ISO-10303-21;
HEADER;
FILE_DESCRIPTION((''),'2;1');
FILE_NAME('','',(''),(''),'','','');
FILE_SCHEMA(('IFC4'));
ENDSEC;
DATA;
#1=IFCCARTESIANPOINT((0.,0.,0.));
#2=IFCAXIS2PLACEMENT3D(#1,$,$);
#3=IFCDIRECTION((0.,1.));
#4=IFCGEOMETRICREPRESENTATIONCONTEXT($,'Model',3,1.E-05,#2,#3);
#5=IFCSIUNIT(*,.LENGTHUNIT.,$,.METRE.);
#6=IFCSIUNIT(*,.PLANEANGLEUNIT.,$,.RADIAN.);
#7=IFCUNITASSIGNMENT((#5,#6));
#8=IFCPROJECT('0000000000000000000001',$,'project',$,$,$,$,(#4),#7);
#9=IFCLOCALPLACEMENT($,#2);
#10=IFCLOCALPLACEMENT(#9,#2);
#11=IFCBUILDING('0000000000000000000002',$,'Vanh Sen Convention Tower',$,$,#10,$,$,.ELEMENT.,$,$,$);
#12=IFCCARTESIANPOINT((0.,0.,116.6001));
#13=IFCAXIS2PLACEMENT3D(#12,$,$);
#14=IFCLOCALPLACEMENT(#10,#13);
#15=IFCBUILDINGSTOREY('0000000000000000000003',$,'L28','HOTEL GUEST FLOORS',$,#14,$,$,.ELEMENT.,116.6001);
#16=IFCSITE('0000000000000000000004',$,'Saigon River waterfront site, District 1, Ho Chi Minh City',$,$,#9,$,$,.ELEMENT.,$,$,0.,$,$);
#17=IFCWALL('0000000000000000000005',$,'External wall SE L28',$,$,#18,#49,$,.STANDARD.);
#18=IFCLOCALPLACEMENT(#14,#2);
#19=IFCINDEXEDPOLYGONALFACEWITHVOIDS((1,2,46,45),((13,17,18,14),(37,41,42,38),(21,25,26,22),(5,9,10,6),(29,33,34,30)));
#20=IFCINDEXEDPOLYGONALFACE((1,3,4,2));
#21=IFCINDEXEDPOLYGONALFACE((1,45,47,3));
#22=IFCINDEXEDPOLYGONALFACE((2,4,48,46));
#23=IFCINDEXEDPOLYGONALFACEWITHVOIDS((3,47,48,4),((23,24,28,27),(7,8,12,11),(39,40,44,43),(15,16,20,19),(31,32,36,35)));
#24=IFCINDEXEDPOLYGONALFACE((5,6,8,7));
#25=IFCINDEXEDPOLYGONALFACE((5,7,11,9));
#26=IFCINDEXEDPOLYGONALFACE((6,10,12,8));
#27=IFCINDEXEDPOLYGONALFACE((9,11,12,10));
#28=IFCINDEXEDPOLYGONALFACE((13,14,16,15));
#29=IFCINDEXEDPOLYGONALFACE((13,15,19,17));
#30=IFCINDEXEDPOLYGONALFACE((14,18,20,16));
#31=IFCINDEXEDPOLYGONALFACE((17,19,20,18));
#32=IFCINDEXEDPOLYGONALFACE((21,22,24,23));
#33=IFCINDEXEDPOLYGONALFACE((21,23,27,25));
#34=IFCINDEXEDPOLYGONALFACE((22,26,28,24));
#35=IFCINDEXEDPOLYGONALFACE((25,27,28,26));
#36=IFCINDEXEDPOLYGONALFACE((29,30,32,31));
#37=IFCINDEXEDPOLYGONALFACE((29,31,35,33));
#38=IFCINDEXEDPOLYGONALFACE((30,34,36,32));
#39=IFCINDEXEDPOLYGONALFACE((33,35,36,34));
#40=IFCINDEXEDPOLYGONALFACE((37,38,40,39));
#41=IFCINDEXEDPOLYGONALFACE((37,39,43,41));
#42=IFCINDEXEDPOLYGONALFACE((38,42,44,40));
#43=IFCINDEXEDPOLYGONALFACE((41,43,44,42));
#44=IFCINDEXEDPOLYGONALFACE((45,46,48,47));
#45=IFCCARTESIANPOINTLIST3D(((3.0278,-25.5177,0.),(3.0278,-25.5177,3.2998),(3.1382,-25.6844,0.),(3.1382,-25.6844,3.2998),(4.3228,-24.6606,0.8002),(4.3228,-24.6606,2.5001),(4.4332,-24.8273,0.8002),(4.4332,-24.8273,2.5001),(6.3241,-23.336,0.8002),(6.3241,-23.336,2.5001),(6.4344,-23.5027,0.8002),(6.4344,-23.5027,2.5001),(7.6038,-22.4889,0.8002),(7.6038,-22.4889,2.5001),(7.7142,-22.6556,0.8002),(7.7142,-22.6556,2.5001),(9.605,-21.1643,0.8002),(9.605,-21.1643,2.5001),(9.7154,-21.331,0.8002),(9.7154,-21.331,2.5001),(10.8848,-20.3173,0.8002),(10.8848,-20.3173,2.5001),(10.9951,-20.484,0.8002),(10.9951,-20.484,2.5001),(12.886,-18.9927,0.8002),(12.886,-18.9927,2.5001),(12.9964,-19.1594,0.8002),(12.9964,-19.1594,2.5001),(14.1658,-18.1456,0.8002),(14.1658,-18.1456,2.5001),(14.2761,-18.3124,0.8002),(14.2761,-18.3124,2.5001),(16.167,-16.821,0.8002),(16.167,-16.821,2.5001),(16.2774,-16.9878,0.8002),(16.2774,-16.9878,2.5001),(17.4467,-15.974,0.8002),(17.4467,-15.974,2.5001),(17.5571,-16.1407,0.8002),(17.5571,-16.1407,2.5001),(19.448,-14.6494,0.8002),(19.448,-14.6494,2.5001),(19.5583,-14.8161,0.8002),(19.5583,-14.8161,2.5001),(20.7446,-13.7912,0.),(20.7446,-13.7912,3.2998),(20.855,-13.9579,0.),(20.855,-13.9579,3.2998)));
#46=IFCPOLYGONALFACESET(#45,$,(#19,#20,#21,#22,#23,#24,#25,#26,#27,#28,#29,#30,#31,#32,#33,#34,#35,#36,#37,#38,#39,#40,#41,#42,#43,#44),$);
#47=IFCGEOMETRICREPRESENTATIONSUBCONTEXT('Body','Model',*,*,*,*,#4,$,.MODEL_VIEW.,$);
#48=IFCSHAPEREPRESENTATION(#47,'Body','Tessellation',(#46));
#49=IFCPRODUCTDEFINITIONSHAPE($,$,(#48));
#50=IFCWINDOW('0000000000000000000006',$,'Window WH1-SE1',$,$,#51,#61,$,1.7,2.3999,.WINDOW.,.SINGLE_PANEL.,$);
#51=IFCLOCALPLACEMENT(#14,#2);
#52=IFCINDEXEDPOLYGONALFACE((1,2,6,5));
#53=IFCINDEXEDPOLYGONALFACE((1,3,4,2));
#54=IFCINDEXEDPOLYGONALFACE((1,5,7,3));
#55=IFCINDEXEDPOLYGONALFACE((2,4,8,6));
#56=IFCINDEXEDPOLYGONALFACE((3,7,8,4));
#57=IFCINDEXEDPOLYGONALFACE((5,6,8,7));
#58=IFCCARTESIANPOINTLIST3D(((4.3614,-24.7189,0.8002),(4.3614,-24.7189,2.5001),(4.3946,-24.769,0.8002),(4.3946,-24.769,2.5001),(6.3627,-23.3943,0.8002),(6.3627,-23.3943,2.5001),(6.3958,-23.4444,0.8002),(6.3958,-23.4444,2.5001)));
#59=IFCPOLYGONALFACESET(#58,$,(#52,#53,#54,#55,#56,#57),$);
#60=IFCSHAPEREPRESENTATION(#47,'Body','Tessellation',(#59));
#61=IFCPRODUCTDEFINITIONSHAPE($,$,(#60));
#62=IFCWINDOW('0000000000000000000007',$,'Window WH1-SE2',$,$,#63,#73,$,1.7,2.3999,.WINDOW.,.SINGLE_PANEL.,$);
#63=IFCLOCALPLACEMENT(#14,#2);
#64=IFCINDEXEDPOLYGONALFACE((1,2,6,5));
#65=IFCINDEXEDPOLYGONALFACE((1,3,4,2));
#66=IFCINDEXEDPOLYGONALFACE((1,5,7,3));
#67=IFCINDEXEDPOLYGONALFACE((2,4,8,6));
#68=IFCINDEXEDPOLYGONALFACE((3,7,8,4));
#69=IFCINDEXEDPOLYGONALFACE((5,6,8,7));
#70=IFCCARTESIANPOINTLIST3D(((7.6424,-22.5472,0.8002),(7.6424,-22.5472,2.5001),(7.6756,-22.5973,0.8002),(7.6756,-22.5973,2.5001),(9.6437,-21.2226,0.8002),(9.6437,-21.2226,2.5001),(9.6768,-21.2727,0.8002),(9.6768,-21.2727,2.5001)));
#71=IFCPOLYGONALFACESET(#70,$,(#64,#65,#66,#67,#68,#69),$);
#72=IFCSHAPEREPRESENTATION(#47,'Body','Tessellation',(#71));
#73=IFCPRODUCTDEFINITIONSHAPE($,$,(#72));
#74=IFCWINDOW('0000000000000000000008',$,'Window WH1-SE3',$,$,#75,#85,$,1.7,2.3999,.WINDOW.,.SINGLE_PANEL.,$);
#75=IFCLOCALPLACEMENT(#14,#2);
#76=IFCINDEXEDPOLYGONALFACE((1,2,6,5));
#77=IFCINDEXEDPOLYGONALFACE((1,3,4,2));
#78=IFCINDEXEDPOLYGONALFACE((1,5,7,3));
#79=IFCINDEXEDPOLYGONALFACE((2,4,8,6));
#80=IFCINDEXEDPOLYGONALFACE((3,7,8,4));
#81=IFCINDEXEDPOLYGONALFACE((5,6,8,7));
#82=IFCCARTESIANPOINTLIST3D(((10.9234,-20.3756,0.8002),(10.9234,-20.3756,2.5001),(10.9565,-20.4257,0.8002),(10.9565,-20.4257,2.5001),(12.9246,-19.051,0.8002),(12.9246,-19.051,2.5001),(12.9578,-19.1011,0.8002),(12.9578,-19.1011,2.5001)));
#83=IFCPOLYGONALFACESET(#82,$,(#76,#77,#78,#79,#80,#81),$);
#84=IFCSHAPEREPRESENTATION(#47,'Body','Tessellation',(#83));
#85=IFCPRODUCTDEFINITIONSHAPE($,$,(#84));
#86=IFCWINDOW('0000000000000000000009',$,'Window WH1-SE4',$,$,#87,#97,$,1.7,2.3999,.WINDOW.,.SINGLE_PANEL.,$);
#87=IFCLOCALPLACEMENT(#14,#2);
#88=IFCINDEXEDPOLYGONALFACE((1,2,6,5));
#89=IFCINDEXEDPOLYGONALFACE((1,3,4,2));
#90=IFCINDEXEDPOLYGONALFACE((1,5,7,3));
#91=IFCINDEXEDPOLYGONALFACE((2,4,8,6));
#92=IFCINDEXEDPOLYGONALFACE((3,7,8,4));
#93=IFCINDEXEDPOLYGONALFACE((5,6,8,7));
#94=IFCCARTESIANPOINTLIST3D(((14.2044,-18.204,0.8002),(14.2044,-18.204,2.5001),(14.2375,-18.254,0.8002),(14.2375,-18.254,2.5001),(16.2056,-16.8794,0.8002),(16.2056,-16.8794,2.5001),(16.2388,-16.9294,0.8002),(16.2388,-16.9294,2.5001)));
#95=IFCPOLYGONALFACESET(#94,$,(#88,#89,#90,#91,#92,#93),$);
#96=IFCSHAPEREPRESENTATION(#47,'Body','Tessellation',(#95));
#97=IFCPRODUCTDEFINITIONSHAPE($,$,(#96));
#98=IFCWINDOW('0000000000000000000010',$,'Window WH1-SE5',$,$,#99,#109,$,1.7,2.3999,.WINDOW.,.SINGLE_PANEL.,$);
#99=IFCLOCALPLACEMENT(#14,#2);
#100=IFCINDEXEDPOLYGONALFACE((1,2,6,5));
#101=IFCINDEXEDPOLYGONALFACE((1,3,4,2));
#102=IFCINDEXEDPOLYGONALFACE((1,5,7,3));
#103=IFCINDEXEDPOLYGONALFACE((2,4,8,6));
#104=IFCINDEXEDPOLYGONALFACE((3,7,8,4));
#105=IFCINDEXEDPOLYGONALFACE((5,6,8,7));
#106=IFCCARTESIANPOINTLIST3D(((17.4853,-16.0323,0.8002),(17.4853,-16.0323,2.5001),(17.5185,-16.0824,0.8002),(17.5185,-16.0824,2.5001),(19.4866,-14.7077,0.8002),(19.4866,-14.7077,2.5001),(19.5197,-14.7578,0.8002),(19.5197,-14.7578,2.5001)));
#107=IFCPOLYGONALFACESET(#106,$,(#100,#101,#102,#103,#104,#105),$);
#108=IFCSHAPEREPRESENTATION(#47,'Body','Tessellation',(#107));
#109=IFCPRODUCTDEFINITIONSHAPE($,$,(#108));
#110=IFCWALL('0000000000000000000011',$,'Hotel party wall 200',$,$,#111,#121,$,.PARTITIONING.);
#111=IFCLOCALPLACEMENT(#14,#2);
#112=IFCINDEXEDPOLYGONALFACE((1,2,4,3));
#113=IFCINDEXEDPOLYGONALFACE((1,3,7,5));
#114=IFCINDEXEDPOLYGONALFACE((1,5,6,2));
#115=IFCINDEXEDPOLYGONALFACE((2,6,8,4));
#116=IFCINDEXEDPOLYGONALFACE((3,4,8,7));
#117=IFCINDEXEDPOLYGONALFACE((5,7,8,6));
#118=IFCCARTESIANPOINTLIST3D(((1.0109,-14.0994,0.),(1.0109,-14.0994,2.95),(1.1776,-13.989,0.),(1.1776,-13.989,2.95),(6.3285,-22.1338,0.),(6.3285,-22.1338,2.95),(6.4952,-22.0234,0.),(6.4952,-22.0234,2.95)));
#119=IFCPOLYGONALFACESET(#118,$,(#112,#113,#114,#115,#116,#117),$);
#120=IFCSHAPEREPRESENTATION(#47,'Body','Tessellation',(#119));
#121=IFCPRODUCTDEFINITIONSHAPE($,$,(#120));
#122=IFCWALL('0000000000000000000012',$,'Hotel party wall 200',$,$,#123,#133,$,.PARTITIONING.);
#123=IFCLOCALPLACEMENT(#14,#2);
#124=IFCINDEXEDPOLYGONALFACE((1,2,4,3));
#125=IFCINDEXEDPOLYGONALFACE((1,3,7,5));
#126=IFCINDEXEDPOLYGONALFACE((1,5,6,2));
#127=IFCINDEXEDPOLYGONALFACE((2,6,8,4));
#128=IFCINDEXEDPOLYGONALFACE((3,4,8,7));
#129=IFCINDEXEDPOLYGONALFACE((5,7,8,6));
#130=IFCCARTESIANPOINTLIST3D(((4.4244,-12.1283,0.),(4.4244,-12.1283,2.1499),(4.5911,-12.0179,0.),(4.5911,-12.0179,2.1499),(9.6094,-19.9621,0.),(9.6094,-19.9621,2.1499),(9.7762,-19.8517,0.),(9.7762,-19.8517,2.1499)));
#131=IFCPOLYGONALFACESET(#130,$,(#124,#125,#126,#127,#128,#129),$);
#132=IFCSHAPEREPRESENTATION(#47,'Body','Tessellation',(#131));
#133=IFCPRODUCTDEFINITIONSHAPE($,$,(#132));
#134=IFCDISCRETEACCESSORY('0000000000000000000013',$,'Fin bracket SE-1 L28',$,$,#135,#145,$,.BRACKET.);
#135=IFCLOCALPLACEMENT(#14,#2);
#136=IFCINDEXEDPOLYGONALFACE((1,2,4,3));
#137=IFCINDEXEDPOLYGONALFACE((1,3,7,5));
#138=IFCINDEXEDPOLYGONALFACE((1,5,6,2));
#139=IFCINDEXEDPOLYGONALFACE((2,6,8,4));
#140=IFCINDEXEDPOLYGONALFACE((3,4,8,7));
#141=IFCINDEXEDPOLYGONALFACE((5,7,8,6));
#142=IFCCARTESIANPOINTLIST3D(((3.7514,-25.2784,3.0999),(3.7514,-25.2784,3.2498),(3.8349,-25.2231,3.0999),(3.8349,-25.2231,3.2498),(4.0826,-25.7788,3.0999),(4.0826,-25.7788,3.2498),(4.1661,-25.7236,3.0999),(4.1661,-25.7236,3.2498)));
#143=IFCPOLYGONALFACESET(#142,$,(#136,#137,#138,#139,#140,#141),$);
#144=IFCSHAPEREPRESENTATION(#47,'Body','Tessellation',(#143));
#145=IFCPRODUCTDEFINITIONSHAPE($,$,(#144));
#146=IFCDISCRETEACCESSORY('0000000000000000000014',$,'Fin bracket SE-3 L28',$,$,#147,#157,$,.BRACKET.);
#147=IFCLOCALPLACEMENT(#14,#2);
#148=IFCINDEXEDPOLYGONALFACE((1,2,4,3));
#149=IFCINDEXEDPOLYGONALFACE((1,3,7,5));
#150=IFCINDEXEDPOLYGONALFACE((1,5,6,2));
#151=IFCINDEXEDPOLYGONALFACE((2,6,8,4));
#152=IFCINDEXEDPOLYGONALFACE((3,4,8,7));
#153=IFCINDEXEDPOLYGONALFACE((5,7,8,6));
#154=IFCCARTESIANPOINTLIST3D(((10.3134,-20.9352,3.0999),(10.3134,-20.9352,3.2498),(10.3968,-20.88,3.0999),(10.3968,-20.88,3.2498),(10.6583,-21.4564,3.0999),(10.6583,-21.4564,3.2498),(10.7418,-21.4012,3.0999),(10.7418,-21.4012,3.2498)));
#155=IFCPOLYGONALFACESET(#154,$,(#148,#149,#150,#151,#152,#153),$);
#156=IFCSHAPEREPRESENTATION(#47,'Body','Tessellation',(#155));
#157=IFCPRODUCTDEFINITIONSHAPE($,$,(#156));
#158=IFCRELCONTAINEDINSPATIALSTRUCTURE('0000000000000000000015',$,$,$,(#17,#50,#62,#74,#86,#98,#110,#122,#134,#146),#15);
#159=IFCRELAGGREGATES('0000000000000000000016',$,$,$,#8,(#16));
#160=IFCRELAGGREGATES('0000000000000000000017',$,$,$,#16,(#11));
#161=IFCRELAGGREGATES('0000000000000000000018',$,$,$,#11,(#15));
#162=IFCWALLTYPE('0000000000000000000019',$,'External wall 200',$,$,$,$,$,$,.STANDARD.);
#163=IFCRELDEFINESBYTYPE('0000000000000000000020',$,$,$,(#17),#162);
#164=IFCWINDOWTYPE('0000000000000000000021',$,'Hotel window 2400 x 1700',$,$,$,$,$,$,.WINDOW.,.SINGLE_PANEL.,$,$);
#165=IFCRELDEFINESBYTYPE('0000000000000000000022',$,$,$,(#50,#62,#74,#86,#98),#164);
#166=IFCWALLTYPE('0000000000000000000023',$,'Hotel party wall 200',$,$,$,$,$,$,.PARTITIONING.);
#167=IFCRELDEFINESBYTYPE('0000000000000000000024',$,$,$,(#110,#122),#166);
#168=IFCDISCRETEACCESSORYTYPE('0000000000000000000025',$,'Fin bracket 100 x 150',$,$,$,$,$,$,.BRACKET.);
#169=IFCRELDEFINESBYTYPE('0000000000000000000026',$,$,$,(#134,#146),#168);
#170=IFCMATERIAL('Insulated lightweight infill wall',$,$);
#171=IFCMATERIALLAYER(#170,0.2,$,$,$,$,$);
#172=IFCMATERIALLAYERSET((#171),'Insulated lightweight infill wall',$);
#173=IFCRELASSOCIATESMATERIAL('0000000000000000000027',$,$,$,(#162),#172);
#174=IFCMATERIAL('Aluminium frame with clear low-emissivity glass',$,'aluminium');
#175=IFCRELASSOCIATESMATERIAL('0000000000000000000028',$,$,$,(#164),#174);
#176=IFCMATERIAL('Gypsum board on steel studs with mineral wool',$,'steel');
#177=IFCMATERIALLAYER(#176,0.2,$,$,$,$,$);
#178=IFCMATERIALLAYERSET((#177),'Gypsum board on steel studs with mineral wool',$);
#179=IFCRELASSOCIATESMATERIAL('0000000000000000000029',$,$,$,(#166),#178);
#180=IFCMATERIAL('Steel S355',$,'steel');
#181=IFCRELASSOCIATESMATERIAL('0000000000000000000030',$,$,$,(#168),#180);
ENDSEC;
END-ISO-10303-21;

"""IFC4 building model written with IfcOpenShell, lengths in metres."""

from ifc_helpers import new_model, si_unit, direction, frame, frame_2d, origin, origin_2d, place, context, subcontext, project, spatial, rectangle, extrude, material, layer, layer_set, type_object, element, fill, save


model = new_model("IFC4")

# Units and contexts
model_context = context("Model", 3, precision=1e-05, world=origin(), true_north=direction((0.0, 1.0)))
body_context = subcontext(model_context, "Body", "Model", "MODEL_VIEW")
ifc_project = project(units=[si_unit("LENGTHUNIT", "METRE"), si_unit("PLANEANGLEUNIT", "RADIAN")], contexts=[model_context])

# Site, building, storey
site_placement = place(None, origin())
site = spatial("IfcSite", under=ifc_project, at=site_placement, Name="Saigon River waterfront site, District 1, Ho Chi Minh City", CompositionType="ELEMENT", RefElevation=0.0)
building_placement = place(site_placement, origin())
building = spatial("IfcBuilding", under=site, at=building_placement, Name="Vanh Sen Convention Tower", CompositionType="ELEMENT")
storey_placement = place(building_placement, frame((0.0, 0.0, 116.6001)))
storey = spatial("IfcBuildingStorey", under=building, at=storey_placement, Name="L28", Description="HOTEL GUEST FLOORS", CompositionType="ELEMENT", Elevation=116.6001)

# Wall, openings, windows
ifc_material_1 = material(Name="Insulated lightweight infill wall")
ifc_layer_1 = layer(ifc_material_1, 0.2)
ifc_layer_set_1 = layer_set([ifc_layer_1], Name="Insulated lightweight infill wall")
wall_type_1 = type_object("IfcWallType", Name="External wall 200", PredefinedType="STANDARD", material=ifc_layer_set_1)
wall_1_placement = place(storey_placement, frame((3.083, -25.6011, 0.0), z_axis=(0.0, 0.0, 1.0), x_axis=(0.833884, 0.551939, 0.0)))
wall_1 = element("IfcWall", 1, at=wall_1_placement, inside=storey, type_object=wall_type_1, Name="External wall SE L28", PredefinedType="STANDARD", context=body_context, shape_type="SweptSolid", body=[
    extrude(rectangle(XDim=21.2461, YDim=0.2, at=frame_2d((10.623, 0.0))), origin(), (0.0, 0.0, 1.0), 3.2998),
])
opening_1_placement = place(wall_1_placement, frame((1.553, 0.0, 0.8)))
opening_1 = element("IfcOpeningElement", 2, at=opening_1_placement, cuts=wall_1, PredefinedType="OPENING", context=body_context, shape_type="SweptSolid", body=[
    extrude(rectangle(XDim=2.3999, YDim=1.7, at=frame_2d((1.2, 0.8501))), frame((0.0, 0.1099, 0.0), z_axis=(0.0, -1.0, 0.0), x_axis=(1.0, 0.0, 0.0)), (0.0, 0.0, 1.0), 0.22),
])
opening_2_placement = place(wall_1_placement, frame((5.4875, 0.0, 0.8)))
opening_2 = element("IfcOpeningElement", 3, at=opening_2_placement, cuts=wall_1, PredefinedType="OPENING", context=body_context, shape_type="SweptSolid", body=[
    extrude(rectangle(XDim=2.3999, YDim=1.7, at=frame_2d((1.2, 0.8501))), frame((0.0, 0.1099, 0.0), z_axis=(0.0, -1.0, 0.0), x_axis=(1.0, 0.0, 0.0)), (0.0, 0.0, 1.0), 0.22),
])
opening_3_placement = place(wall_1_placement, frame((9.4221, 0.0, 0.8)))
opening_3 = element("IfcOpeningElement", 4, at=opening_3_placement, cuts=wall_1, PredefinedType="OPENING", context=body_context, shape_type="SweptSolid", body=[
    extrude(rectangle(XDim=2.3999, YDim=1.7, at=frame_2d((1.2, 0.8501))), frame((0.0, 0.1099, 0.0), z_axis=(0.0, -1.0, 0.0), x_axis=(1.0, 0.0, 0.0)), (0.0, 0.0, 1.0), 0.22),
])
opening_4_placement = place(wall_1_placement, frame((13.3567, 0.0, 0.8)))
opening_4 = element("IfcOpeningElement", 5, at=opening_4_placement, cuts=wall_1, PredefinedType="OPENING", context=body_context, shape_type="SweptSolid", body=[
    extrude(rectangle(XDim=2.3999, YDim=1.7, at=frame_2d((1.2, 0.8501))), frame((0.0, 0.1099, 0.0), z_axis=(0.0, -1.0, 0.0), x_axis=(1.0, 0.0, 0.0)), (0.0, 0.0, 1.0), 0.22),
])
opening_5_placement = place(wall_1_placement, frame((17.2913, 0.0, 0.8)))
opening_5 = element("IfcOpeningElement", 6, at=opening_5_placement, cuts=wall_1, PredefinedType="OPENING", context=body_context, shape_type="SweptSolid", body=[
    extrude(rectangle(XDim=2.3999, YDim=1.7, at=frame_2d((1.2, 0.8501))), frame((0.0, 0.1099, 0.0), z_axis=(0.0, -1.0, 0.0), x_axis=(1.0, 0.0, 0.0)), (0.0, 0.0, 1.0), 0.22),
])
ifc_material_2 = material(Name="Aluminium frame with clear low-emissivity glass", Category="aluminium")
window_type = type_object("IfcWindowType", Name="Hotel window 2400 x 1700", PartitioningType="SINGLE_PANEL", PredefinedType="WINDOW", material=ifc_material_2)
window_1_placement = place(opening_1_placement, origin())
window_1 = element("IfcWindow", 7, at=window_1_placement, inside=storey, type_object=window_type, Name="Window WH1-SE1", OverallHeight=1.7, OverallWidth=2.3999, PartitioningType="SINGLE_PANEL", PredefinedType="WINDOW", context=body_context, shape_type="SweptSolid", body=[
    extrude(rectangle(XDim=2.3999, YDim=1.7, at=frame_2d((1.2, 0.8501))), frame((0.0, 0.03, 0.0), z_axis=(0.0, -1.0, 0.0), x_axis=(1.0, 0.0, 0.0)), (0.0, 0.0, 1.0), 0.0601),
])
fill(opening_1, window_1)
window_2_placement = place(opening_2_placement, origin())
window_2 = element("IfcWindow", 8, at=window_2_placement, inside=storey, type_object=window_type, Name="Window WH1-SE2", OverallHeight=1.7, OverallWidth=2.3999, PartitioningType="SINGLE_PANEL", PredefinedType="WINDOW", context=body_context, shape_type="SweptSolid", body=[
    extrude(rectangle(XDim=2.3999, YDim=1.7, at=frame_2d((1.2, 0.8501))), frame((0.0, 0.03, 0.0), z_axis=(0.0, -1.0, 0.0), x_axis=(1.0, 0.0, 0.0)), (0.0, 0.0, 1.0), 0.0601),
])
fill(opening_2, window_2)
window_3_placement = place(opening_3_placement, origin())
window_3 = element("IfcWindow", 9, at=window_3_placement, inside=storey, type_object=window_type, Name="Window WH1-SE3", OverallHeight=1.7, OverallWidth=2.3999, PartitioningType="SINGLE_PANEL", PredefinedType="WINDOW", context=body_context, shape_type="SweptSolid", body=[
    extrude(rectangle(XDim=2.3999, YDim=1.7, at=frame_2d((1.2, 0.8501))), frame((0.0, 0.03, 0.0), z_axis=(0.0, -1.0, 0.0), x_axis=(1.0, 0.0, 0.0)), (0.0, 0.0, 1.0), 0.0601),
])
fill(opening_3, window_3)
window_4_placement = place(opening_4_placement, origin())
window_4 = element("IfcWindow", 10, at=window_4_placement, inside=storey, type_object=window_type, Name="Window WH1-SE4", OverallHeight=1.7, OverallWidth=2.3999, PartitioningType="SINGLE_PANEL", PredefinedType="WINDOW", context=body_context, shape_type="SweptSolid", body=[
    extrude(rectangle(XDim=2.3999, YDim=1.7, at=frame_2d((1.2, 0.8501))), frame((0.0, 0.03, 0.0), z_axis=(0.0, -1.0, 0.0), x_axis=(1.0, 0.0, 0.0)), (0.0, 0.0, 1.0), 0.0601),
])
fill(opening_4, window_4)
window_5_placement = place(opening_5_placement, origin())
window_5 = element("IfcWindow", 11, at=window_5_placement, inside=storey, type_object=window_type, Name="Window WH1-SE5", OverallHeight=1.7, OverallWidth=2.3999, PartitioningType="SINGLE_PANEL", PredefinedType="WINDOW", context=body_context, shape_type="SweptSolid", body=[
    extrude(rectangle(XDim=2.3999, YDim=1.7, at=frame_2d((1.2, 0.8501))), frame((0.0, 0.03, 0.0), z_axis=(0.0, -1.0, 0.0), x_axis=(1.0, 0.0, 0.0)), (0.0, 0.0, 1.0), 0.0601),
])
fill(opening_5, window_5)

# Walls
ifc_material_3 = material(Name="Gypsum board on steel studs with mineral wool", Category="steel")
ifc_layer_2 = layer(ifc_material_3, 0.2)
ifc_layer_set_2 = layer_set([ifc_layer_2], Name="Gypsum board on steel studs with mineral wool")
wall_type_2 = type_object("IfcWallType", Name="Hotel party wall 200", PredefinedType="PARTITIONING", material=ifc_layer_set_2)
wall_2_placement = place(storey_placement, frame((6.4119, -22.0786, 0.0), z_axis=(0.0, 0.0, 1.0), x_axis=(-0.55192, 0.833897, 0.0)))
element("IfcWall", 12, at=wall_2_placement, inside=storey, type_object=wall_type_2, Name="Hotel party wall 200", PredefinedType="PARTITIONING", context=body_context, shape_type="SweptSolid", body=[
    extrude(rectangle(XDim=9.6348, YDim=0.2, at=frame_2d((4.8174, 0.0))), origin(), (0.0, 0.0, 1.0), 2.95),
])
wall_3_placement = place(storey_placement, frame((9.6929, -19.907, 0.0), z_axis=(0.0, 0.0, 1.0), x_axis=(-0.551938, 0.833885, 0.0)))
element("IfcWall", 13, at=wall_3_placement, inside=storey, type_object=wall_type_2, Name="Hotel party wall 200", PredefinedType="PARTITIONING", context=body_context, shape_type="SweptSolid", body=[
    extrude(rectangle(XDim=9.3943, YDim=0.2, at=frame_2d((4.6973, 0.0))), origin(), (0.0, 0.0, 1.0), 2.1499),
])

# Discrete accessories
ifc_material_4 = material(Name="Steel S355", Category="steel")
discrete_accessory_type = type_object("IfcDiscreteAccessoryType", Name="Fin bracket 100 x 150", PredefinedType="BRACKET", material=ifc_material_4)
discrete_accessory_1_placement = place(storey_placement, frame((3.9587, -25.501, 3.0999), z_axis=(0.0, 0.0, 1.0), x_axis=(0.551937, -0.833886, 0.0)))
element("IfcDiscreteAccessory", 14, at=discrete_accessory_1_placement, inside=storey, type_object=discrete_accessory_type, Name="Fin bracket SE-1 L28", PredefinedType="BRACKET", context=body_context, shape_type="SweptSolid", body=[
    extrude(rectangle(XDim=0.6001, YDim=0.1001, at=origin_2d()), origin(), (0.0, 0.0, 1.0), 0.1499),
])
discrete_accessory_2_placement = place(storey_placement, frame((10.5276, -21.1682, 3.0999), z_axis=(0.0, 0.0, 1.0), x_axis=(0.551937, -0.833886, 0.0)))
element("IfcDiscreteAccessory", 15, at=discrete_accessory_2_placement, inside=storey, type_object=discrete_accessory_type, Name="Fin bracket SE-3 L28", PredefinedType="BRACKET", context=body_context, shape_type="SweptSolid", body=[
    extrude(rectangle(XDim=0.625, YDim=0.1001, at=origin_2d()), origin(), (0.0, 0.0, 1.0), 0.1499),
])

save(model, "model.ifc")
